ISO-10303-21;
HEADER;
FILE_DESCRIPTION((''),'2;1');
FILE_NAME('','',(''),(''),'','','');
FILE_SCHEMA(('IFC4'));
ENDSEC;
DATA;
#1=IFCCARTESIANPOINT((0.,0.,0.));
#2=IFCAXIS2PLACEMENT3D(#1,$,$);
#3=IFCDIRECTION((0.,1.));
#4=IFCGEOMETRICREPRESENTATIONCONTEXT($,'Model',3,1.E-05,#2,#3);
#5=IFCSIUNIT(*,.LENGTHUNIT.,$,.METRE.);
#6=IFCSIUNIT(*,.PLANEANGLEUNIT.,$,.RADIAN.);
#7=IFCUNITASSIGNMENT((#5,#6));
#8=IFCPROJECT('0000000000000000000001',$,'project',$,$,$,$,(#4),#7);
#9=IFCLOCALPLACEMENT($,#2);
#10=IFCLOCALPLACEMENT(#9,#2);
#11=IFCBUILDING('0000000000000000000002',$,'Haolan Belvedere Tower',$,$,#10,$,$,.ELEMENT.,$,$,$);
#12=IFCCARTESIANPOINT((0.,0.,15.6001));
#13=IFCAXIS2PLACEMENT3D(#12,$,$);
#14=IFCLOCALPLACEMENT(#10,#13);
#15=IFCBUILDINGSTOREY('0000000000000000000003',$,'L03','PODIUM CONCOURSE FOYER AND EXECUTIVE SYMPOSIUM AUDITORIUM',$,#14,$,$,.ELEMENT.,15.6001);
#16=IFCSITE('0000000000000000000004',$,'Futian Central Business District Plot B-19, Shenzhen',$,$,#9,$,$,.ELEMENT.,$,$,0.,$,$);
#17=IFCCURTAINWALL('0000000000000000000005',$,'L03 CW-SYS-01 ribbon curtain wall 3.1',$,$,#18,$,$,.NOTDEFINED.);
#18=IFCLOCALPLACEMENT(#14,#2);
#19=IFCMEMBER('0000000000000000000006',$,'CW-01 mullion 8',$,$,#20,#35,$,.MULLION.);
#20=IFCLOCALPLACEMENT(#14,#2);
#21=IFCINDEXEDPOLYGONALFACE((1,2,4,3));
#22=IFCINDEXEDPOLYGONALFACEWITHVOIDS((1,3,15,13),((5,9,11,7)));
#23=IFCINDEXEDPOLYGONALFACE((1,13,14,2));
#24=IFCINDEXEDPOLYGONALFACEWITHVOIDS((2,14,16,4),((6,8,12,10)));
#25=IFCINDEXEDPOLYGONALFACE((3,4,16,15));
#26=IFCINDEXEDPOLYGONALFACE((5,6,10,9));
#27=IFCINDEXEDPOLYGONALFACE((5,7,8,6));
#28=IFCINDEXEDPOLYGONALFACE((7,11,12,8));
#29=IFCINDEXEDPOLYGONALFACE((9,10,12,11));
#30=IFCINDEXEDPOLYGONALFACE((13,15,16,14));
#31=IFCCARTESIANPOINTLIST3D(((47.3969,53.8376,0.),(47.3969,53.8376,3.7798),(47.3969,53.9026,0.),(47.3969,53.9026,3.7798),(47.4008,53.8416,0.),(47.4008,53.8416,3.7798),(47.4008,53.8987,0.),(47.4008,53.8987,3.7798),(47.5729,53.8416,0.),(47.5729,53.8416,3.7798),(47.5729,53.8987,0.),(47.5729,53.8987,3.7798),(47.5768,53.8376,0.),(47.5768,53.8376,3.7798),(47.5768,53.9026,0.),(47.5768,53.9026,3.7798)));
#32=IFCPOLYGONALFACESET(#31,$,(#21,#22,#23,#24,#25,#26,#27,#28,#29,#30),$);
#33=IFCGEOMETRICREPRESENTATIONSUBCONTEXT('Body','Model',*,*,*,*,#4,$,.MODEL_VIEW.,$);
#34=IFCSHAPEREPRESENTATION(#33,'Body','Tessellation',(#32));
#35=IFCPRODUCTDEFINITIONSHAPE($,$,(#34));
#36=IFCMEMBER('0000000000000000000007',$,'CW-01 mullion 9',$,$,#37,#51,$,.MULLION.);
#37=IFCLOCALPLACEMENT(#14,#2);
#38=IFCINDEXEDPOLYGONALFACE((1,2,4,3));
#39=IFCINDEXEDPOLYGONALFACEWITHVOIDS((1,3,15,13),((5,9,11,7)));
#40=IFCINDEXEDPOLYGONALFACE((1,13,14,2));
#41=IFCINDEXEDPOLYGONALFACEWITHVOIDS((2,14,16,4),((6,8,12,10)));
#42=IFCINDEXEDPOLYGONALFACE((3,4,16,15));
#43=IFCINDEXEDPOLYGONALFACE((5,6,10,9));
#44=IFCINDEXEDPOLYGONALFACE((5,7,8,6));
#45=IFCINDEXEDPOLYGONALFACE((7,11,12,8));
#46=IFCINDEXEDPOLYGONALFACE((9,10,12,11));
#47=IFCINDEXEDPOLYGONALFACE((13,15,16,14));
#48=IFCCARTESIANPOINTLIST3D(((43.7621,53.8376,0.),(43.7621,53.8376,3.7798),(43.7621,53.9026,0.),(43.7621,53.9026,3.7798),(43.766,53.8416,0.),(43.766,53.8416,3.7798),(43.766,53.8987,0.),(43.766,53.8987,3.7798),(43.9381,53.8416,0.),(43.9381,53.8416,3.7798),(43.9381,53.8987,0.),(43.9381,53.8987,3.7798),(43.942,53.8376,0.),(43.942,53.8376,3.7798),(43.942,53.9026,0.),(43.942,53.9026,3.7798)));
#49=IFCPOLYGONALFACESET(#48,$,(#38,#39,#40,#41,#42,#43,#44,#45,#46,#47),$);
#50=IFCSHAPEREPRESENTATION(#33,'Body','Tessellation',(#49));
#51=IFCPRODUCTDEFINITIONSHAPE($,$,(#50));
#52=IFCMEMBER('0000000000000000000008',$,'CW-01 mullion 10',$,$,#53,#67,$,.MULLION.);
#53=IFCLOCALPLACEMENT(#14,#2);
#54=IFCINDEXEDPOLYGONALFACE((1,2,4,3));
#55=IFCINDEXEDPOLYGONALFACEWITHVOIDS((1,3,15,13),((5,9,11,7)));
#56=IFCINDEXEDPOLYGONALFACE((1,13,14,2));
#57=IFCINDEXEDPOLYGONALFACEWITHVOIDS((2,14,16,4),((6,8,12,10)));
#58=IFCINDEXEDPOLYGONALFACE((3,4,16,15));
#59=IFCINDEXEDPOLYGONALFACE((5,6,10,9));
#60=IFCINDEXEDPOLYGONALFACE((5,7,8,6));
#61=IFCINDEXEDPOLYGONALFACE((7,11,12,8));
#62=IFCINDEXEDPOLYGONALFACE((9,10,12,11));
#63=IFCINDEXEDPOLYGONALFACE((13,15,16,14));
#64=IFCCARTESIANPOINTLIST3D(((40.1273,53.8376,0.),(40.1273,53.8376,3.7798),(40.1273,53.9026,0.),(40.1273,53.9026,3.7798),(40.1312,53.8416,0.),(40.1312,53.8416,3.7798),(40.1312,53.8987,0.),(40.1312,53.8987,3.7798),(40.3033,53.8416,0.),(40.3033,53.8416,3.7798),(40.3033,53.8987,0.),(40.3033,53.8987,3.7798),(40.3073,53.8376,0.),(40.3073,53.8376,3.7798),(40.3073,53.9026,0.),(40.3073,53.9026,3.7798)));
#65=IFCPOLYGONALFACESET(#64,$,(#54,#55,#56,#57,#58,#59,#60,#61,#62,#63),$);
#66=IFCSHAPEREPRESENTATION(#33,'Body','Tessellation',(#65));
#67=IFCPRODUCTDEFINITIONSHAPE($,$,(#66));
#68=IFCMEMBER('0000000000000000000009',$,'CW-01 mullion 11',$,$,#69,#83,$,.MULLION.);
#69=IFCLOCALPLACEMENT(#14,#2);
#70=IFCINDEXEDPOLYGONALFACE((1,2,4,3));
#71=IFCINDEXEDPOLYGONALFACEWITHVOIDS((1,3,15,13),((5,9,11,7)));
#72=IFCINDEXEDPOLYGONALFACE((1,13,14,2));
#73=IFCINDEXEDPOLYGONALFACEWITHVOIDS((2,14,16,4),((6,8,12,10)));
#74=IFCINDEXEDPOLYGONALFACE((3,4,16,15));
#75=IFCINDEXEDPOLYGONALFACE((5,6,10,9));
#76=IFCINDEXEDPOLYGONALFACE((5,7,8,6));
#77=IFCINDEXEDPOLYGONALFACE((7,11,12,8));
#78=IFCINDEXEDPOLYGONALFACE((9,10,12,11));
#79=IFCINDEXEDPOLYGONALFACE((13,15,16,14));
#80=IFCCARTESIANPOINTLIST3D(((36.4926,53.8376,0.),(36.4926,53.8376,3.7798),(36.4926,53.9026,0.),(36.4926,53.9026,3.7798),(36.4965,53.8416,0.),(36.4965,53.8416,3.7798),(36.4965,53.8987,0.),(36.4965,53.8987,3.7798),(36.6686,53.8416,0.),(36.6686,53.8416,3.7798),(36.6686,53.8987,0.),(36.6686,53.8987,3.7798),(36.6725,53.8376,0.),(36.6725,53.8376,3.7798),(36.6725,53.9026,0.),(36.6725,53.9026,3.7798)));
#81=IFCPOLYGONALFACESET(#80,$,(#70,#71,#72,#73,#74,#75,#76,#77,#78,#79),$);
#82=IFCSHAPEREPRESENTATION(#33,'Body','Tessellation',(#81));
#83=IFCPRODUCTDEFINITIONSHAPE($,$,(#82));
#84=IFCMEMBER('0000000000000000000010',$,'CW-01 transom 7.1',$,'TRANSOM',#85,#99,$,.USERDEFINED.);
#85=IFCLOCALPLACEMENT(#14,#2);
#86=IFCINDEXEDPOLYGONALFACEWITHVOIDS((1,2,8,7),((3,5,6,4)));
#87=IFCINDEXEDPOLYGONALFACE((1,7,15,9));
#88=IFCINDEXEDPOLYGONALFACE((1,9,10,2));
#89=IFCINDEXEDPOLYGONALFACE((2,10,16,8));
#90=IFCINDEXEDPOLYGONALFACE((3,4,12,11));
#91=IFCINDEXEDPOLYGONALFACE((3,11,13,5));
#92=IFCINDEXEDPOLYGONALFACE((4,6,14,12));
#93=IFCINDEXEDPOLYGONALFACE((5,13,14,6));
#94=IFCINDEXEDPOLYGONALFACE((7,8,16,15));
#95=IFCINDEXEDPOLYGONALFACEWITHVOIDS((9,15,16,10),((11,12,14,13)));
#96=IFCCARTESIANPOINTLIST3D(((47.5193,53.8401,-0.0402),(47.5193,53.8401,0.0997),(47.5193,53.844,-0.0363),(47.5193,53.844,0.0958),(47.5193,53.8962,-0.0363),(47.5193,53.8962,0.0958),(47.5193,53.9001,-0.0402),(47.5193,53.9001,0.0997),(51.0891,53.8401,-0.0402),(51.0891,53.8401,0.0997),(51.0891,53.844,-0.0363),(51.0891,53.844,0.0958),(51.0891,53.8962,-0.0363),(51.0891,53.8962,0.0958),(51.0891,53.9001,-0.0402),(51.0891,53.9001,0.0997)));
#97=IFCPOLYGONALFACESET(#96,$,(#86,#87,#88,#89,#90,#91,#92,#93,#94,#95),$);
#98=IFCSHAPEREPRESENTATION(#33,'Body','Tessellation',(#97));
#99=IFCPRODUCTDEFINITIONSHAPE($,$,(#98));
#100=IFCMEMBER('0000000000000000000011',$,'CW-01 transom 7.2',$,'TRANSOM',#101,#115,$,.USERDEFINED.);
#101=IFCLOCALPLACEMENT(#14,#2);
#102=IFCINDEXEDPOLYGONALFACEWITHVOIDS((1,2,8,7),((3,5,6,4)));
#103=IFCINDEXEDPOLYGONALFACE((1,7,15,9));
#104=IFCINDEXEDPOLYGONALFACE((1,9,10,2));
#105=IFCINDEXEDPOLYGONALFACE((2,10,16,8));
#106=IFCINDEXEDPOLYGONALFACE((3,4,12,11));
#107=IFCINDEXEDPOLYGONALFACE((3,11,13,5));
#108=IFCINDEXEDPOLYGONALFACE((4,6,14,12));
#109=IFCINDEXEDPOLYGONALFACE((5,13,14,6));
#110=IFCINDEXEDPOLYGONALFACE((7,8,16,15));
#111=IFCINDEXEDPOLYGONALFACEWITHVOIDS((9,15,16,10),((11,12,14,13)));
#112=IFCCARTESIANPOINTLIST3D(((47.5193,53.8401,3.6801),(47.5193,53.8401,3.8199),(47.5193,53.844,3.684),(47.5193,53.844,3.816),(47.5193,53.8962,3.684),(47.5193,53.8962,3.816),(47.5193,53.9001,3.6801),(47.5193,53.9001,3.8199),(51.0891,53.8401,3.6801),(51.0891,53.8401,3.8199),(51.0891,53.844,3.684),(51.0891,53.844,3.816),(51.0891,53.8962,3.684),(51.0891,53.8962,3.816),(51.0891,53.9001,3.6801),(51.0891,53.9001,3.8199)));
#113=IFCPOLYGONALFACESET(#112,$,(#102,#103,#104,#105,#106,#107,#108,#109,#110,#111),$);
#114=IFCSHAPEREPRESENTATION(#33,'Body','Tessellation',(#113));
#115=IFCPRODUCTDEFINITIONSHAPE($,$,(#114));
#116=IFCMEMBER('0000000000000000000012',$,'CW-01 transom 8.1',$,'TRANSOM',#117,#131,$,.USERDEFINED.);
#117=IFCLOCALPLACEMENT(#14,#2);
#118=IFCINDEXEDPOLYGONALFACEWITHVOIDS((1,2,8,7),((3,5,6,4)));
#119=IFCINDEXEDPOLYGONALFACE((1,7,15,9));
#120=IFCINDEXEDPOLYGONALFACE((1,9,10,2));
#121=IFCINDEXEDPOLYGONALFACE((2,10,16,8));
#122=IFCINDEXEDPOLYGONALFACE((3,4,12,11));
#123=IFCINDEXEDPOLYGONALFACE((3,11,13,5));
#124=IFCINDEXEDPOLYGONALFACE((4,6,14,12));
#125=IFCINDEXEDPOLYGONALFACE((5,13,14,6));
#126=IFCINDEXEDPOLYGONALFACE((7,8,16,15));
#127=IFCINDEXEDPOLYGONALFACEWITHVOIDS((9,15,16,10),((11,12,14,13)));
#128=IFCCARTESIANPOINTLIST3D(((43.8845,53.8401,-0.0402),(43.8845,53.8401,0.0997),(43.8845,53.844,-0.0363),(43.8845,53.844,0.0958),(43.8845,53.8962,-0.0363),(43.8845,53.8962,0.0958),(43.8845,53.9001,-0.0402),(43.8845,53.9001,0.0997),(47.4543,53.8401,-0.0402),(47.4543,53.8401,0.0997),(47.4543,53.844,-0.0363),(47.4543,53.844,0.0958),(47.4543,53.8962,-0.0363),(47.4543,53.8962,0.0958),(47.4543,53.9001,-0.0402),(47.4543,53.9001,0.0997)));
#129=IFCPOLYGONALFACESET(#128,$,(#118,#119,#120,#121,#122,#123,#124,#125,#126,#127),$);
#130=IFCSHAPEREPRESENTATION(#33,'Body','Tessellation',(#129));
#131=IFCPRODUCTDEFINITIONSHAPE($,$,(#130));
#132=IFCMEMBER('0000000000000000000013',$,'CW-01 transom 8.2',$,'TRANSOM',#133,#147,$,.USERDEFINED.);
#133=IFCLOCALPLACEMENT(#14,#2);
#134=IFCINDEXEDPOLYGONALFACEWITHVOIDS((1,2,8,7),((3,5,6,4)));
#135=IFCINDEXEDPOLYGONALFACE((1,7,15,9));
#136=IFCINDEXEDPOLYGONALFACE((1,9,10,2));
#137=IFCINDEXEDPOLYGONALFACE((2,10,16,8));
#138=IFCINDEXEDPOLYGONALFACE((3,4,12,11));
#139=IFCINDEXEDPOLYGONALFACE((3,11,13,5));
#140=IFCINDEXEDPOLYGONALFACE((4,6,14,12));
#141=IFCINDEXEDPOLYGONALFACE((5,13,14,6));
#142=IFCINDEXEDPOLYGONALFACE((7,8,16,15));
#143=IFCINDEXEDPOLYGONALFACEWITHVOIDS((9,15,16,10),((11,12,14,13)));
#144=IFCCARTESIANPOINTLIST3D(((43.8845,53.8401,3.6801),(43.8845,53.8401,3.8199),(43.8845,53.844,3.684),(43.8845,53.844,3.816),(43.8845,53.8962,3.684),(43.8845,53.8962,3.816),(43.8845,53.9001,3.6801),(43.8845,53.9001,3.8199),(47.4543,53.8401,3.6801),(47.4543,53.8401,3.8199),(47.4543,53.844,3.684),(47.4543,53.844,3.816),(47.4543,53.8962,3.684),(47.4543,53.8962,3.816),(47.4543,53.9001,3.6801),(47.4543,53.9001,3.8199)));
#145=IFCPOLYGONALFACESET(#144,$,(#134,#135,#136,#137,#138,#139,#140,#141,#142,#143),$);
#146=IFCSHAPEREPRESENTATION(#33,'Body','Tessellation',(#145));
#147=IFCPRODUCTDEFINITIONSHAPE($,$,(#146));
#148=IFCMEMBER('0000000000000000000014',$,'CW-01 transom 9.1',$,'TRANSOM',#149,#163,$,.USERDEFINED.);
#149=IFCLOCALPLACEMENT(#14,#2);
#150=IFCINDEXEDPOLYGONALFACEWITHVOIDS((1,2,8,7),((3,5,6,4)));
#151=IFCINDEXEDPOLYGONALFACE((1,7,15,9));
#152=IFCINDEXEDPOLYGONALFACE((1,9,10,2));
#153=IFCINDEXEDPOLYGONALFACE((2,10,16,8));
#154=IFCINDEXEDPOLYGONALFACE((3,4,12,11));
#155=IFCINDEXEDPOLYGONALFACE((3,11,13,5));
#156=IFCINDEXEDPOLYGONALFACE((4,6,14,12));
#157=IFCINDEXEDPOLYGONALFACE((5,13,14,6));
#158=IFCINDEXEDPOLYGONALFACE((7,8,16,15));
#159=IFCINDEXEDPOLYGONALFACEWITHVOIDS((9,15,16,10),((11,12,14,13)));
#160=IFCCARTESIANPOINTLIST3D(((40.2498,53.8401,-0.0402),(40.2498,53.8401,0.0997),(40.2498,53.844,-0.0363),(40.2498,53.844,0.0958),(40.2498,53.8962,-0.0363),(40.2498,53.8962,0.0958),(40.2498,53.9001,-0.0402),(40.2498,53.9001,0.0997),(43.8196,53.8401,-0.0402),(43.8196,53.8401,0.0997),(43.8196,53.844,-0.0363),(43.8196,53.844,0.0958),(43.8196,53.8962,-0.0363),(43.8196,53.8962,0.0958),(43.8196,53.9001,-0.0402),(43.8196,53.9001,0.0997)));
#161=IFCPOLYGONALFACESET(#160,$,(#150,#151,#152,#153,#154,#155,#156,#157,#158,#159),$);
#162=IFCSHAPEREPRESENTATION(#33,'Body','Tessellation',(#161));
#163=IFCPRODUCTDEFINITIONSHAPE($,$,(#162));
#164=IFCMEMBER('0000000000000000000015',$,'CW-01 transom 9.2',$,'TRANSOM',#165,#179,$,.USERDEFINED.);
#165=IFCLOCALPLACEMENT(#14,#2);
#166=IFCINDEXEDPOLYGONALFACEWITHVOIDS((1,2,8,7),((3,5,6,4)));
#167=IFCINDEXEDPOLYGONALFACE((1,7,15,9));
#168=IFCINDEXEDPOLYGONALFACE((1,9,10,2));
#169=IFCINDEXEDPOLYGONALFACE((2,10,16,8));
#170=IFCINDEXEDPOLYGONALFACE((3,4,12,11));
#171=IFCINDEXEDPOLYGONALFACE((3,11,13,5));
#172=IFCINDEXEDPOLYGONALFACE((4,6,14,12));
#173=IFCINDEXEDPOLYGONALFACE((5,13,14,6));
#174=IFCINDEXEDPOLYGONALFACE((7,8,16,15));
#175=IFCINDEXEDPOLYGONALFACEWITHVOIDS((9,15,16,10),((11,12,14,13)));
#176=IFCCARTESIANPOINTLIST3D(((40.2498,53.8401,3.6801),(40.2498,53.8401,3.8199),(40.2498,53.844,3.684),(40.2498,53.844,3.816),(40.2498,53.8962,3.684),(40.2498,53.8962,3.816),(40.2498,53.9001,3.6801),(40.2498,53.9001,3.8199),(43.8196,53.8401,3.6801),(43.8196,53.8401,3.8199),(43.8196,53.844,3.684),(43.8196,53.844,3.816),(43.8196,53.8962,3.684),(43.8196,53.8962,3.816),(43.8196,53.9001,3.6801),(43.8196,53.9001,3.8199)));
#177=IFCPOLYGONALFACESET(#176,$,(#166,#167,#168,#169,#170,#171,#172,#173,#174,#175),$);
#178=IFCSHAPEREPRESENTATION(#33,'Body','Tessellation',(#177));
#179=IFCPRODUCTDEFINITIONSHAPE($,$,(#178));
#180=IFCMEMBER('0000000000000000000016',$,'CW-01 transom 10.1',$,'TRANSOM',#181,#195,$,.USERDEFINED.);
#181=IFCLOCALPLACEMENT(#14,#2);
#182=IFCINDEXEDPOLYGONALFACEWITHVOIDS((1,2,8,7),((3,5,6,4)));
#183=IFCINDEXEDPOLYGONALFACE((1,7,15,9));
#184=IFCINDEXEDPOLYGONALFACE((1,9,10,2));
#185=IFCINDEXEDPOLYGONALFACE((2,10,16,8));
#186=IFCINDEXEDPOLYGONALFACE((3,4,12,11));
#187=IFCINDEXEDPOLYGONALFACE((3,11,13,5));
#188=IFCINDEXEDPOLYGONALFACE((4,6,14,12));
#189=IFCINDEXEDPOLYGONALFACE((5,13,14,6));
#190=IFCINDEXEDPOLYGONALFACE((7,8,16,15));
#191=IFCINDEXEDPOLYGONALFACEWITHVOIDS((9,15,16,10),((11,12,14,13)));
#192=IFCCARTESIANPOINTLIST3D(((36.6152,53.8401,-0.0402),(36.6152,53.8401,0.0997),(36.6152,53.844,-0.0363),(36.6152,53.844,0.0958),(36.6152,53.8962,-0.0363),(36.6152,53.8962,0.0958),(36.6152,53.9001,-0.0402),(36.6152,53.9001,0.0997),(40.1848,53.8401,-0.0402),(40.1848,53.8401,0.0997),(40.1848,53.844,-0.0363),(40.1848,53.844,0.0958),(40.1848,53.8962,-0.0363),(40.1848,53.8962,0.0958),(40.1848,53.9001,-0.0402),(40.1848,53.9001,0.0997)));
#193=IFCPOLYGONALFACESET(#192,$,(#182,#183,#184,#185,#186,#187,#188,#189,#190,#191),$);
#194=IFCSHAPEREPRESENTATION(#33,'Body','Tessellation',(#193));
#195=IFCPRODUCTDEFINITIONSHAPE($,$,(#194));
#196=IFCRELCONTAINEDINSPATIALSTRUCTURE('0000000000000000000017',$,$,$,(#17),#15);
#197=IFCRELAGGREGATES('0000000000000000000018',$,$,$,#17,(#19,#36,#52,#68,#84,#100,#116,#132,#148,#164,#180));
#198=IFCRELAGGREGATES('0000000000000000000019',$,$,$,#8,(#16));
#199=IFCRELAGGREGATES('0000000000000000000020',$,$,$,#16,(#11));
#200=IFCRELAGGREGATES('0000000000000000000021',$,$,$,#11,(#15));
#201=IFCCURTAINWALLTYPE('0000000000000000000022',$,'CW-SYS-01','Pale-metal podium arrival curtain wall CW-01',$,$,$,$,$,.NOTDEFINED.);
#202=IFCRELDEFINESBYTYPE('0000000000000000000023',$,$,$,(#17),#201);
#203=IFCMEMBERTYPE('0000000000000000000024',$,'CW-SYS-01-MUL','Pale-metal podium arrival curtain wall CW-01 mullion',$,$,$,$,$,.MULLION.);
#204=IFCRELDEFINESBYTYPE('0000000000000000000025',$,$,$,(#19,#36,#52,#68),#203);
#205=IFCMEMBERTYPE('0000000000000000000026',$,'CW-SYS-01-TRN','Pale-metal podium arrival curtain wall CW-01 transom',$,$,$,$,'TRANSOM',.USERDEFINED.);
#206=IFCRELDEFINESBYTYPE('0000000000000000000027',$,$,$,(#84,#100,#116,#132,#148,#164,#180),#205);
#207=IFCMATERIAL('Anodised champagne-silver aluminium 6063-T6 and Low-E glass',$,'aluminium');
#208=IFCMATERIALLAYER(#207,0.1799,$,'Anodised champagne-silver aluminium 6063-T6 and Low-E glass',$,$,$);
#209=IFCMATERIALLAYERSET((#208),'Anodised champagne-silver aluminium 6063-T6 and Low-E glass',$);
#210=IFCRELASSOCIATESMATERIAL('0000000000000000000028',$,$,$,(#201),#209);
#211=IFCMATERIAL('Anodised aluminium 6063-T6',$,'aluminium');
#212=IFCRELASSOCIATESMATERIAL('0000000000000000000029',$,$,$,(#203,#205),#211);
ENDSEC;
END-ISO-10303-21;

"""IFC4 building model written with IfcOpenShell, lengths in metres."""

from ifc_helpers import new_model, si_unit, direction, frame, origin, origin_2d, place, context, subcontext, project, spatial, hollow_rectangle, extrude, material, layer, layer_set, material_profile, profile_set, type_object, element, aggregate, save


model = new_model("IFC4")

# Units and contexts
model_context = context("Model", 3, precision=1e-05, world=origin(), true_north=direction((0.0, 1.0)))
body_context = subcontext(model_context, "Body", "Model", "MODEL_VIEW")
ifc_project = project(units=[si_unit("LENGTHUNIT", "METRE"), si_unit("PLANEANGLEUNIT", "RADIAN")], contexts=[model_context])

# Site, building, storey
site_placement = place(None, origin())
site = spatial("IfcSite", under=ifc_project, at=site_placement, Name="Futian Central Business District Plot B-19, Shenzhen", CompositionType="ELEMENT", RefElevation=0.0)
building_placement = place(site_placement, origin())
building = spatial("IfcBuilding", under=site, at=building_placement, Name="Haolan Belvedere Tower", CompositionType="ELEMENT")
storey_placement = place(building_placement, frame((0.0, 0.0, 15.6001)))
storey = spatial("IfcBuildingStorey", under=building, at=storey_placement, Name="L03", Description="PODIUM CONCOURSE FOYER AND EXECUTIVE SYMPOSIUM AUDITORIUM", CompositionType="ELEMENT", Elevation=15.6001)

# Curtain wall, members
ifc_material_1 = material(Name="Anodised champagne-silver aluminium 6063-T6 and Low-E glass", Category="aluminium")
ifc_layer_1 = layer(ifc_material_1, 0.1799, Name="Anodised champagne-silver aluminium 6063-T6 and Low-E glass")
ifc_layer_set_1 = layer_set([ifc_layer_1], Name="Anodised champagne-silver aluminium 6063-T6 and Low-E glass")
curtain_wall_type = type_object("IfcCurtainWallType", Name="CW-SYS-01", Description="Pale-metal podium arrival curtain wall CW-01", PredefinedType="NOTDEFINED", material=ifc_layer_set_1)
curtain_wall_placement = place(storey_placement, origin())
curtain_wall = element("IfcCurtainWall", 1, at=curtain_wall_placement, inside=storey, type_object=curtain_wall_type, Name="L03 CW-SYS-01 ribbon curtain wall 3.1", PredefinedType="NOTDEFINED")
ifc_material_2 = material(Name="Anodised aluminium 6063-T6", Category="aluminium")
ifc_material_profile_1 = material_profile(ifc_material_2, hollow_rectangle(XDim=0.0649, YDim=0.1799, WallThickness=0.0039, at=origin_2d()), Name="Anodised aluminium 6063-T6")
ifc_profile_set_1 = profile_set([ifc_material_profile_1], Name="Anodised aluminium 6063-T6")
member_type_1 = type_object("IfcMemberType", Name="CW-SYS-01-MUL", Description="Pale-metal podium arrival curtain wall CW-01 mullion", PredefinedType="MULLION", material=ifc_profile_set_1)
member_1_placement = place(storey_placement, frame((47.4868, 53.8701, 0.0), z_axis=(0.0, 0.0, 1.0), x_axis=(0.0, -1.0, 0.0)))
member_1 = element("IfcMember", 2, at=member_1_placement, type_object=member_type_1, Name="CW-01 mullion 8", PredefinedType="MULLION", context=body_context, shape_type="SweptSolid", body=[
    extrude(hollow_rectangle(XDim=0.0649, YDim=0.1799, WallThickness=0.0039, at=origin_2d()), origin(), (0.0, 0.0, 1.0), 3.7798),
])
member_2_placement = place(storey_placement, frame((43.8521, 53.8701, 0.0), z_axis=(0.0, 0.0, 1.0), x_axis=(0.0, -1.0, 0.0)))
member_2 = element("IfcMember", 3, at=member_2_placement, type_object=member_type_1, Name="CW-01 mullion 9", PredefinedType="MULLION", context=body_context, shape_type="SweptSolid", body=[
    extrude(hollow_rectangle(XDim=0.0649, YDim=0.1799, WallThickness=0.0039, at=origin_2d()), origin(), (0.0, 0.0, 1.0), 3.7798),
])
member_3_placement = place(storey_placement, frame((40.2173, 53.8701, 0.0), z_axis=(0.0, 0.0, 1.0), x_axis=(0.0, -1.0, 0.0)))
member_3 = element("IfcMember", 4, at=member_3_placement, type_object=member_type_1, Name="CW-01 mullion 10", PredefinedType="MULLION", context=body_context, shape_type="SweptSolid", body=[
    extrude(hollow_rectangle(XDim=0.0649, YDim=0.1799, WallThickness=0.0039, at=origin_2d()), origin(), (0.0, 0.0, 1.0), 3.7798),
])
member_4_placement = place(storey_placement, frame((36.5825, 53.8701, 0.0), z_axis=(0.0, 0.0, 1.0), x_axis=(0.0, -1.0, 0.0)))
member_4 = element("IfcMember", 5, at=member_4_placement, type_object=member_type_1, Name="CW-01 mullion 11", PredefinedType="MULLION", context=body_context, shape_type="SweptSolid", body=[
    extrude(hollow_rectangle(XDim=0.0649, YDim=0.1799, WallThickness=0.0039, at=origin_2d()), origin(), (0.0, 0.0, 1.0), 3.7798),
])
ifc_material_profile_2 = material_profile(ifc_material_2, hollow_rectangle(XDim=0.0601, YDim=0.1399, WallThickness=0.0039, at=origin_2d()), Name="Anodised aluminium 6063-T6")
ifc_profile_set_2 = profile_set([ifc_material_profile_2], Name="Anodised aluminium 6063-T6")
member_type_2 = type_object("IfcMemberType", Name="CW-SYS-01-TRN", Description="Pale-metal podium arrival curtain wall CW-01 transom", ElementType="TRANSOM", PredefinedType="USERDEFINED", material=ifc_profile_set_2)
member_5_placement = place(storey_placement, frame((51.0891, 53.8701, 0.0298), z_axis=(-1.0, 0.0, 0.0), x_axis=(0.0, -1.0, 0.0)))
member_5 = element("IfcMember", 6, at=member_5_placement, type_object=member_type_2, Name="CW-01 transom 7.1", ObjectType="TRANSOM", PredefinedType="USERDEFINED", context=body_context, shape_type="SweptSolid", body=[
    extrude(hollow_rectangle(XDim=0.0601, YDim=0.1399, WallThickness=0.0039, at=origin_2d()), origin(), (0.0, 0.0, 1.0), 3.5698),
])
member_6_placement = place(storey_placement, frame((51.0891, 53.8701, 3.75), z_axis=(-1.0, 0.0, 0.0), x_axis=(0.0, -1.0, 0.0)))
member_6 = element("IfcMember", 7, at=member_6_placement, type_object=member_type_2, Name="CW-01 transom 7.2", ObjectType="TRANSOM", PredefinedType="USERDEFINED", context=body_context, shape_type="SweptSolid", body=[
    extrude(hollow_rectangle(XDim=0.0601, YDim=0.1399, WallThickness=0.0039, at=origin_2d()), origin(), (0.0, 0.0, 1.0), 3.5698),
])
member_7_placement = place(storey_placement, frame((47.4543, 53.8701, 0.0298), z_axis=(-1.0, 0.0, 0.0), x_axis=(0.0, -1.0, 0.0)))
member_7 = element("IfcMember", 8, at=member_7_placement, type_object=member_type_2, Name="CW-01 transom 8.1", ObjectType="TRANSOM", PredefinedType="USERDEFINED", context=body_context, shape_type="SweptSolid", body=[
    extrude(hollow_rectangle(XDim=0.0601, YDim=0.1399, WallThickness=0.0039, at=origin_2d()), origin(), (0.0, 0.0, 1.0), 3.5698),
])
member_8_placement = place(storey_placement, frame((47.4543, 53.8701, 3.75), z_axis=(-1.0, 0.0, 0.0), x_axis=(0.0, -1.0, 0.0)))
member_8 = element("IfcMember", 9, at=member_8_placement, type_object=member_type_2, Name="CW-01 transom 8.2", ObjectType="TRANSOM", PredefinedType="USERDEFINED", context=body_context, shape_type="SweptSolid", body=[
    extrude(hollow_rectangle(XDim=0.0601, YDim=0.1399, WallThickness=0.0039, at=origin_2d()), origin(), (0.0, 0.0, 1.0), 3.5698),
])
member_9_placement = place(storey_placement, frame((43.8196, 53.8701, 0.0298), z_axis=(-1.0, 0.0, 0.0), x_axis=(0.0, -1.0, 0.0)))
member_9 = element("IfcMember", 10, at=member_9_placement, type_object=member_type_2, Name="CW-01 transom 9.1", ObjectType="TRANSOM", PredefinedType="USERDEFINED", context=body_context, shape_type="SweptSolid", body=[
    extrude(hollow_rectangle(XDim=0.0601, YDim=0.1399, WallThickness=0.0039, at=origin_2d()), origin(), (0.0, 0.0, 1.0), 3.5698),
])
member_10_placement = place(storey_placement, frame((43.8196, 53.8701, 3.75), z_axis=(-1.0, 0.0, 0.0), x_axis=(0.0, -1.0, 0.0)))
member_10 = element("IfcMember", 11, at=member_10_placement, type_object=member_type_2, Name="CW-01 transom 9.2", ObjectType="TRANSOM", PredefinedType="USERDEFINED", context=body_context, shape_type="SweptSolid", body=[
    extrude(hollow_rectangle(XDim=0.0601, YDim=0.1399, WallThickness=0.0039, at=origin_2d()), origin(), (0.0, 0.0, 1.0), 3.5698),
])
member_11_placement = place(storey_placement, frame((40.1848, 53.8701, 0.0298), z_axis=(-1.0, 0.0, 0.0), x_axis=(0.0, -1.0, 0.0)))
member_11 = element("IfcMember", 12, at=member_11_placement, type_object=member_type_2, Name="CW-01 transom 10.1", ObjectType="TRANSOM", PredefinedType="USERDEFINED", context=body_context, shape_type="SweptSolid", body=[
    extrude(hollow_rectangle(XDim=0.0601, YDim=0.1399, WallThickness=0.0039, at=origin_2d()), origin(), (0.0, 0.0, 1.0), 3.5696),
])
aggregate(curtain_wall, [member_1, member_2, member_3, member_4, member_5, member_6, member_7, member_8, member_9, member_10, member_11])

save(model, "model.ifc")
